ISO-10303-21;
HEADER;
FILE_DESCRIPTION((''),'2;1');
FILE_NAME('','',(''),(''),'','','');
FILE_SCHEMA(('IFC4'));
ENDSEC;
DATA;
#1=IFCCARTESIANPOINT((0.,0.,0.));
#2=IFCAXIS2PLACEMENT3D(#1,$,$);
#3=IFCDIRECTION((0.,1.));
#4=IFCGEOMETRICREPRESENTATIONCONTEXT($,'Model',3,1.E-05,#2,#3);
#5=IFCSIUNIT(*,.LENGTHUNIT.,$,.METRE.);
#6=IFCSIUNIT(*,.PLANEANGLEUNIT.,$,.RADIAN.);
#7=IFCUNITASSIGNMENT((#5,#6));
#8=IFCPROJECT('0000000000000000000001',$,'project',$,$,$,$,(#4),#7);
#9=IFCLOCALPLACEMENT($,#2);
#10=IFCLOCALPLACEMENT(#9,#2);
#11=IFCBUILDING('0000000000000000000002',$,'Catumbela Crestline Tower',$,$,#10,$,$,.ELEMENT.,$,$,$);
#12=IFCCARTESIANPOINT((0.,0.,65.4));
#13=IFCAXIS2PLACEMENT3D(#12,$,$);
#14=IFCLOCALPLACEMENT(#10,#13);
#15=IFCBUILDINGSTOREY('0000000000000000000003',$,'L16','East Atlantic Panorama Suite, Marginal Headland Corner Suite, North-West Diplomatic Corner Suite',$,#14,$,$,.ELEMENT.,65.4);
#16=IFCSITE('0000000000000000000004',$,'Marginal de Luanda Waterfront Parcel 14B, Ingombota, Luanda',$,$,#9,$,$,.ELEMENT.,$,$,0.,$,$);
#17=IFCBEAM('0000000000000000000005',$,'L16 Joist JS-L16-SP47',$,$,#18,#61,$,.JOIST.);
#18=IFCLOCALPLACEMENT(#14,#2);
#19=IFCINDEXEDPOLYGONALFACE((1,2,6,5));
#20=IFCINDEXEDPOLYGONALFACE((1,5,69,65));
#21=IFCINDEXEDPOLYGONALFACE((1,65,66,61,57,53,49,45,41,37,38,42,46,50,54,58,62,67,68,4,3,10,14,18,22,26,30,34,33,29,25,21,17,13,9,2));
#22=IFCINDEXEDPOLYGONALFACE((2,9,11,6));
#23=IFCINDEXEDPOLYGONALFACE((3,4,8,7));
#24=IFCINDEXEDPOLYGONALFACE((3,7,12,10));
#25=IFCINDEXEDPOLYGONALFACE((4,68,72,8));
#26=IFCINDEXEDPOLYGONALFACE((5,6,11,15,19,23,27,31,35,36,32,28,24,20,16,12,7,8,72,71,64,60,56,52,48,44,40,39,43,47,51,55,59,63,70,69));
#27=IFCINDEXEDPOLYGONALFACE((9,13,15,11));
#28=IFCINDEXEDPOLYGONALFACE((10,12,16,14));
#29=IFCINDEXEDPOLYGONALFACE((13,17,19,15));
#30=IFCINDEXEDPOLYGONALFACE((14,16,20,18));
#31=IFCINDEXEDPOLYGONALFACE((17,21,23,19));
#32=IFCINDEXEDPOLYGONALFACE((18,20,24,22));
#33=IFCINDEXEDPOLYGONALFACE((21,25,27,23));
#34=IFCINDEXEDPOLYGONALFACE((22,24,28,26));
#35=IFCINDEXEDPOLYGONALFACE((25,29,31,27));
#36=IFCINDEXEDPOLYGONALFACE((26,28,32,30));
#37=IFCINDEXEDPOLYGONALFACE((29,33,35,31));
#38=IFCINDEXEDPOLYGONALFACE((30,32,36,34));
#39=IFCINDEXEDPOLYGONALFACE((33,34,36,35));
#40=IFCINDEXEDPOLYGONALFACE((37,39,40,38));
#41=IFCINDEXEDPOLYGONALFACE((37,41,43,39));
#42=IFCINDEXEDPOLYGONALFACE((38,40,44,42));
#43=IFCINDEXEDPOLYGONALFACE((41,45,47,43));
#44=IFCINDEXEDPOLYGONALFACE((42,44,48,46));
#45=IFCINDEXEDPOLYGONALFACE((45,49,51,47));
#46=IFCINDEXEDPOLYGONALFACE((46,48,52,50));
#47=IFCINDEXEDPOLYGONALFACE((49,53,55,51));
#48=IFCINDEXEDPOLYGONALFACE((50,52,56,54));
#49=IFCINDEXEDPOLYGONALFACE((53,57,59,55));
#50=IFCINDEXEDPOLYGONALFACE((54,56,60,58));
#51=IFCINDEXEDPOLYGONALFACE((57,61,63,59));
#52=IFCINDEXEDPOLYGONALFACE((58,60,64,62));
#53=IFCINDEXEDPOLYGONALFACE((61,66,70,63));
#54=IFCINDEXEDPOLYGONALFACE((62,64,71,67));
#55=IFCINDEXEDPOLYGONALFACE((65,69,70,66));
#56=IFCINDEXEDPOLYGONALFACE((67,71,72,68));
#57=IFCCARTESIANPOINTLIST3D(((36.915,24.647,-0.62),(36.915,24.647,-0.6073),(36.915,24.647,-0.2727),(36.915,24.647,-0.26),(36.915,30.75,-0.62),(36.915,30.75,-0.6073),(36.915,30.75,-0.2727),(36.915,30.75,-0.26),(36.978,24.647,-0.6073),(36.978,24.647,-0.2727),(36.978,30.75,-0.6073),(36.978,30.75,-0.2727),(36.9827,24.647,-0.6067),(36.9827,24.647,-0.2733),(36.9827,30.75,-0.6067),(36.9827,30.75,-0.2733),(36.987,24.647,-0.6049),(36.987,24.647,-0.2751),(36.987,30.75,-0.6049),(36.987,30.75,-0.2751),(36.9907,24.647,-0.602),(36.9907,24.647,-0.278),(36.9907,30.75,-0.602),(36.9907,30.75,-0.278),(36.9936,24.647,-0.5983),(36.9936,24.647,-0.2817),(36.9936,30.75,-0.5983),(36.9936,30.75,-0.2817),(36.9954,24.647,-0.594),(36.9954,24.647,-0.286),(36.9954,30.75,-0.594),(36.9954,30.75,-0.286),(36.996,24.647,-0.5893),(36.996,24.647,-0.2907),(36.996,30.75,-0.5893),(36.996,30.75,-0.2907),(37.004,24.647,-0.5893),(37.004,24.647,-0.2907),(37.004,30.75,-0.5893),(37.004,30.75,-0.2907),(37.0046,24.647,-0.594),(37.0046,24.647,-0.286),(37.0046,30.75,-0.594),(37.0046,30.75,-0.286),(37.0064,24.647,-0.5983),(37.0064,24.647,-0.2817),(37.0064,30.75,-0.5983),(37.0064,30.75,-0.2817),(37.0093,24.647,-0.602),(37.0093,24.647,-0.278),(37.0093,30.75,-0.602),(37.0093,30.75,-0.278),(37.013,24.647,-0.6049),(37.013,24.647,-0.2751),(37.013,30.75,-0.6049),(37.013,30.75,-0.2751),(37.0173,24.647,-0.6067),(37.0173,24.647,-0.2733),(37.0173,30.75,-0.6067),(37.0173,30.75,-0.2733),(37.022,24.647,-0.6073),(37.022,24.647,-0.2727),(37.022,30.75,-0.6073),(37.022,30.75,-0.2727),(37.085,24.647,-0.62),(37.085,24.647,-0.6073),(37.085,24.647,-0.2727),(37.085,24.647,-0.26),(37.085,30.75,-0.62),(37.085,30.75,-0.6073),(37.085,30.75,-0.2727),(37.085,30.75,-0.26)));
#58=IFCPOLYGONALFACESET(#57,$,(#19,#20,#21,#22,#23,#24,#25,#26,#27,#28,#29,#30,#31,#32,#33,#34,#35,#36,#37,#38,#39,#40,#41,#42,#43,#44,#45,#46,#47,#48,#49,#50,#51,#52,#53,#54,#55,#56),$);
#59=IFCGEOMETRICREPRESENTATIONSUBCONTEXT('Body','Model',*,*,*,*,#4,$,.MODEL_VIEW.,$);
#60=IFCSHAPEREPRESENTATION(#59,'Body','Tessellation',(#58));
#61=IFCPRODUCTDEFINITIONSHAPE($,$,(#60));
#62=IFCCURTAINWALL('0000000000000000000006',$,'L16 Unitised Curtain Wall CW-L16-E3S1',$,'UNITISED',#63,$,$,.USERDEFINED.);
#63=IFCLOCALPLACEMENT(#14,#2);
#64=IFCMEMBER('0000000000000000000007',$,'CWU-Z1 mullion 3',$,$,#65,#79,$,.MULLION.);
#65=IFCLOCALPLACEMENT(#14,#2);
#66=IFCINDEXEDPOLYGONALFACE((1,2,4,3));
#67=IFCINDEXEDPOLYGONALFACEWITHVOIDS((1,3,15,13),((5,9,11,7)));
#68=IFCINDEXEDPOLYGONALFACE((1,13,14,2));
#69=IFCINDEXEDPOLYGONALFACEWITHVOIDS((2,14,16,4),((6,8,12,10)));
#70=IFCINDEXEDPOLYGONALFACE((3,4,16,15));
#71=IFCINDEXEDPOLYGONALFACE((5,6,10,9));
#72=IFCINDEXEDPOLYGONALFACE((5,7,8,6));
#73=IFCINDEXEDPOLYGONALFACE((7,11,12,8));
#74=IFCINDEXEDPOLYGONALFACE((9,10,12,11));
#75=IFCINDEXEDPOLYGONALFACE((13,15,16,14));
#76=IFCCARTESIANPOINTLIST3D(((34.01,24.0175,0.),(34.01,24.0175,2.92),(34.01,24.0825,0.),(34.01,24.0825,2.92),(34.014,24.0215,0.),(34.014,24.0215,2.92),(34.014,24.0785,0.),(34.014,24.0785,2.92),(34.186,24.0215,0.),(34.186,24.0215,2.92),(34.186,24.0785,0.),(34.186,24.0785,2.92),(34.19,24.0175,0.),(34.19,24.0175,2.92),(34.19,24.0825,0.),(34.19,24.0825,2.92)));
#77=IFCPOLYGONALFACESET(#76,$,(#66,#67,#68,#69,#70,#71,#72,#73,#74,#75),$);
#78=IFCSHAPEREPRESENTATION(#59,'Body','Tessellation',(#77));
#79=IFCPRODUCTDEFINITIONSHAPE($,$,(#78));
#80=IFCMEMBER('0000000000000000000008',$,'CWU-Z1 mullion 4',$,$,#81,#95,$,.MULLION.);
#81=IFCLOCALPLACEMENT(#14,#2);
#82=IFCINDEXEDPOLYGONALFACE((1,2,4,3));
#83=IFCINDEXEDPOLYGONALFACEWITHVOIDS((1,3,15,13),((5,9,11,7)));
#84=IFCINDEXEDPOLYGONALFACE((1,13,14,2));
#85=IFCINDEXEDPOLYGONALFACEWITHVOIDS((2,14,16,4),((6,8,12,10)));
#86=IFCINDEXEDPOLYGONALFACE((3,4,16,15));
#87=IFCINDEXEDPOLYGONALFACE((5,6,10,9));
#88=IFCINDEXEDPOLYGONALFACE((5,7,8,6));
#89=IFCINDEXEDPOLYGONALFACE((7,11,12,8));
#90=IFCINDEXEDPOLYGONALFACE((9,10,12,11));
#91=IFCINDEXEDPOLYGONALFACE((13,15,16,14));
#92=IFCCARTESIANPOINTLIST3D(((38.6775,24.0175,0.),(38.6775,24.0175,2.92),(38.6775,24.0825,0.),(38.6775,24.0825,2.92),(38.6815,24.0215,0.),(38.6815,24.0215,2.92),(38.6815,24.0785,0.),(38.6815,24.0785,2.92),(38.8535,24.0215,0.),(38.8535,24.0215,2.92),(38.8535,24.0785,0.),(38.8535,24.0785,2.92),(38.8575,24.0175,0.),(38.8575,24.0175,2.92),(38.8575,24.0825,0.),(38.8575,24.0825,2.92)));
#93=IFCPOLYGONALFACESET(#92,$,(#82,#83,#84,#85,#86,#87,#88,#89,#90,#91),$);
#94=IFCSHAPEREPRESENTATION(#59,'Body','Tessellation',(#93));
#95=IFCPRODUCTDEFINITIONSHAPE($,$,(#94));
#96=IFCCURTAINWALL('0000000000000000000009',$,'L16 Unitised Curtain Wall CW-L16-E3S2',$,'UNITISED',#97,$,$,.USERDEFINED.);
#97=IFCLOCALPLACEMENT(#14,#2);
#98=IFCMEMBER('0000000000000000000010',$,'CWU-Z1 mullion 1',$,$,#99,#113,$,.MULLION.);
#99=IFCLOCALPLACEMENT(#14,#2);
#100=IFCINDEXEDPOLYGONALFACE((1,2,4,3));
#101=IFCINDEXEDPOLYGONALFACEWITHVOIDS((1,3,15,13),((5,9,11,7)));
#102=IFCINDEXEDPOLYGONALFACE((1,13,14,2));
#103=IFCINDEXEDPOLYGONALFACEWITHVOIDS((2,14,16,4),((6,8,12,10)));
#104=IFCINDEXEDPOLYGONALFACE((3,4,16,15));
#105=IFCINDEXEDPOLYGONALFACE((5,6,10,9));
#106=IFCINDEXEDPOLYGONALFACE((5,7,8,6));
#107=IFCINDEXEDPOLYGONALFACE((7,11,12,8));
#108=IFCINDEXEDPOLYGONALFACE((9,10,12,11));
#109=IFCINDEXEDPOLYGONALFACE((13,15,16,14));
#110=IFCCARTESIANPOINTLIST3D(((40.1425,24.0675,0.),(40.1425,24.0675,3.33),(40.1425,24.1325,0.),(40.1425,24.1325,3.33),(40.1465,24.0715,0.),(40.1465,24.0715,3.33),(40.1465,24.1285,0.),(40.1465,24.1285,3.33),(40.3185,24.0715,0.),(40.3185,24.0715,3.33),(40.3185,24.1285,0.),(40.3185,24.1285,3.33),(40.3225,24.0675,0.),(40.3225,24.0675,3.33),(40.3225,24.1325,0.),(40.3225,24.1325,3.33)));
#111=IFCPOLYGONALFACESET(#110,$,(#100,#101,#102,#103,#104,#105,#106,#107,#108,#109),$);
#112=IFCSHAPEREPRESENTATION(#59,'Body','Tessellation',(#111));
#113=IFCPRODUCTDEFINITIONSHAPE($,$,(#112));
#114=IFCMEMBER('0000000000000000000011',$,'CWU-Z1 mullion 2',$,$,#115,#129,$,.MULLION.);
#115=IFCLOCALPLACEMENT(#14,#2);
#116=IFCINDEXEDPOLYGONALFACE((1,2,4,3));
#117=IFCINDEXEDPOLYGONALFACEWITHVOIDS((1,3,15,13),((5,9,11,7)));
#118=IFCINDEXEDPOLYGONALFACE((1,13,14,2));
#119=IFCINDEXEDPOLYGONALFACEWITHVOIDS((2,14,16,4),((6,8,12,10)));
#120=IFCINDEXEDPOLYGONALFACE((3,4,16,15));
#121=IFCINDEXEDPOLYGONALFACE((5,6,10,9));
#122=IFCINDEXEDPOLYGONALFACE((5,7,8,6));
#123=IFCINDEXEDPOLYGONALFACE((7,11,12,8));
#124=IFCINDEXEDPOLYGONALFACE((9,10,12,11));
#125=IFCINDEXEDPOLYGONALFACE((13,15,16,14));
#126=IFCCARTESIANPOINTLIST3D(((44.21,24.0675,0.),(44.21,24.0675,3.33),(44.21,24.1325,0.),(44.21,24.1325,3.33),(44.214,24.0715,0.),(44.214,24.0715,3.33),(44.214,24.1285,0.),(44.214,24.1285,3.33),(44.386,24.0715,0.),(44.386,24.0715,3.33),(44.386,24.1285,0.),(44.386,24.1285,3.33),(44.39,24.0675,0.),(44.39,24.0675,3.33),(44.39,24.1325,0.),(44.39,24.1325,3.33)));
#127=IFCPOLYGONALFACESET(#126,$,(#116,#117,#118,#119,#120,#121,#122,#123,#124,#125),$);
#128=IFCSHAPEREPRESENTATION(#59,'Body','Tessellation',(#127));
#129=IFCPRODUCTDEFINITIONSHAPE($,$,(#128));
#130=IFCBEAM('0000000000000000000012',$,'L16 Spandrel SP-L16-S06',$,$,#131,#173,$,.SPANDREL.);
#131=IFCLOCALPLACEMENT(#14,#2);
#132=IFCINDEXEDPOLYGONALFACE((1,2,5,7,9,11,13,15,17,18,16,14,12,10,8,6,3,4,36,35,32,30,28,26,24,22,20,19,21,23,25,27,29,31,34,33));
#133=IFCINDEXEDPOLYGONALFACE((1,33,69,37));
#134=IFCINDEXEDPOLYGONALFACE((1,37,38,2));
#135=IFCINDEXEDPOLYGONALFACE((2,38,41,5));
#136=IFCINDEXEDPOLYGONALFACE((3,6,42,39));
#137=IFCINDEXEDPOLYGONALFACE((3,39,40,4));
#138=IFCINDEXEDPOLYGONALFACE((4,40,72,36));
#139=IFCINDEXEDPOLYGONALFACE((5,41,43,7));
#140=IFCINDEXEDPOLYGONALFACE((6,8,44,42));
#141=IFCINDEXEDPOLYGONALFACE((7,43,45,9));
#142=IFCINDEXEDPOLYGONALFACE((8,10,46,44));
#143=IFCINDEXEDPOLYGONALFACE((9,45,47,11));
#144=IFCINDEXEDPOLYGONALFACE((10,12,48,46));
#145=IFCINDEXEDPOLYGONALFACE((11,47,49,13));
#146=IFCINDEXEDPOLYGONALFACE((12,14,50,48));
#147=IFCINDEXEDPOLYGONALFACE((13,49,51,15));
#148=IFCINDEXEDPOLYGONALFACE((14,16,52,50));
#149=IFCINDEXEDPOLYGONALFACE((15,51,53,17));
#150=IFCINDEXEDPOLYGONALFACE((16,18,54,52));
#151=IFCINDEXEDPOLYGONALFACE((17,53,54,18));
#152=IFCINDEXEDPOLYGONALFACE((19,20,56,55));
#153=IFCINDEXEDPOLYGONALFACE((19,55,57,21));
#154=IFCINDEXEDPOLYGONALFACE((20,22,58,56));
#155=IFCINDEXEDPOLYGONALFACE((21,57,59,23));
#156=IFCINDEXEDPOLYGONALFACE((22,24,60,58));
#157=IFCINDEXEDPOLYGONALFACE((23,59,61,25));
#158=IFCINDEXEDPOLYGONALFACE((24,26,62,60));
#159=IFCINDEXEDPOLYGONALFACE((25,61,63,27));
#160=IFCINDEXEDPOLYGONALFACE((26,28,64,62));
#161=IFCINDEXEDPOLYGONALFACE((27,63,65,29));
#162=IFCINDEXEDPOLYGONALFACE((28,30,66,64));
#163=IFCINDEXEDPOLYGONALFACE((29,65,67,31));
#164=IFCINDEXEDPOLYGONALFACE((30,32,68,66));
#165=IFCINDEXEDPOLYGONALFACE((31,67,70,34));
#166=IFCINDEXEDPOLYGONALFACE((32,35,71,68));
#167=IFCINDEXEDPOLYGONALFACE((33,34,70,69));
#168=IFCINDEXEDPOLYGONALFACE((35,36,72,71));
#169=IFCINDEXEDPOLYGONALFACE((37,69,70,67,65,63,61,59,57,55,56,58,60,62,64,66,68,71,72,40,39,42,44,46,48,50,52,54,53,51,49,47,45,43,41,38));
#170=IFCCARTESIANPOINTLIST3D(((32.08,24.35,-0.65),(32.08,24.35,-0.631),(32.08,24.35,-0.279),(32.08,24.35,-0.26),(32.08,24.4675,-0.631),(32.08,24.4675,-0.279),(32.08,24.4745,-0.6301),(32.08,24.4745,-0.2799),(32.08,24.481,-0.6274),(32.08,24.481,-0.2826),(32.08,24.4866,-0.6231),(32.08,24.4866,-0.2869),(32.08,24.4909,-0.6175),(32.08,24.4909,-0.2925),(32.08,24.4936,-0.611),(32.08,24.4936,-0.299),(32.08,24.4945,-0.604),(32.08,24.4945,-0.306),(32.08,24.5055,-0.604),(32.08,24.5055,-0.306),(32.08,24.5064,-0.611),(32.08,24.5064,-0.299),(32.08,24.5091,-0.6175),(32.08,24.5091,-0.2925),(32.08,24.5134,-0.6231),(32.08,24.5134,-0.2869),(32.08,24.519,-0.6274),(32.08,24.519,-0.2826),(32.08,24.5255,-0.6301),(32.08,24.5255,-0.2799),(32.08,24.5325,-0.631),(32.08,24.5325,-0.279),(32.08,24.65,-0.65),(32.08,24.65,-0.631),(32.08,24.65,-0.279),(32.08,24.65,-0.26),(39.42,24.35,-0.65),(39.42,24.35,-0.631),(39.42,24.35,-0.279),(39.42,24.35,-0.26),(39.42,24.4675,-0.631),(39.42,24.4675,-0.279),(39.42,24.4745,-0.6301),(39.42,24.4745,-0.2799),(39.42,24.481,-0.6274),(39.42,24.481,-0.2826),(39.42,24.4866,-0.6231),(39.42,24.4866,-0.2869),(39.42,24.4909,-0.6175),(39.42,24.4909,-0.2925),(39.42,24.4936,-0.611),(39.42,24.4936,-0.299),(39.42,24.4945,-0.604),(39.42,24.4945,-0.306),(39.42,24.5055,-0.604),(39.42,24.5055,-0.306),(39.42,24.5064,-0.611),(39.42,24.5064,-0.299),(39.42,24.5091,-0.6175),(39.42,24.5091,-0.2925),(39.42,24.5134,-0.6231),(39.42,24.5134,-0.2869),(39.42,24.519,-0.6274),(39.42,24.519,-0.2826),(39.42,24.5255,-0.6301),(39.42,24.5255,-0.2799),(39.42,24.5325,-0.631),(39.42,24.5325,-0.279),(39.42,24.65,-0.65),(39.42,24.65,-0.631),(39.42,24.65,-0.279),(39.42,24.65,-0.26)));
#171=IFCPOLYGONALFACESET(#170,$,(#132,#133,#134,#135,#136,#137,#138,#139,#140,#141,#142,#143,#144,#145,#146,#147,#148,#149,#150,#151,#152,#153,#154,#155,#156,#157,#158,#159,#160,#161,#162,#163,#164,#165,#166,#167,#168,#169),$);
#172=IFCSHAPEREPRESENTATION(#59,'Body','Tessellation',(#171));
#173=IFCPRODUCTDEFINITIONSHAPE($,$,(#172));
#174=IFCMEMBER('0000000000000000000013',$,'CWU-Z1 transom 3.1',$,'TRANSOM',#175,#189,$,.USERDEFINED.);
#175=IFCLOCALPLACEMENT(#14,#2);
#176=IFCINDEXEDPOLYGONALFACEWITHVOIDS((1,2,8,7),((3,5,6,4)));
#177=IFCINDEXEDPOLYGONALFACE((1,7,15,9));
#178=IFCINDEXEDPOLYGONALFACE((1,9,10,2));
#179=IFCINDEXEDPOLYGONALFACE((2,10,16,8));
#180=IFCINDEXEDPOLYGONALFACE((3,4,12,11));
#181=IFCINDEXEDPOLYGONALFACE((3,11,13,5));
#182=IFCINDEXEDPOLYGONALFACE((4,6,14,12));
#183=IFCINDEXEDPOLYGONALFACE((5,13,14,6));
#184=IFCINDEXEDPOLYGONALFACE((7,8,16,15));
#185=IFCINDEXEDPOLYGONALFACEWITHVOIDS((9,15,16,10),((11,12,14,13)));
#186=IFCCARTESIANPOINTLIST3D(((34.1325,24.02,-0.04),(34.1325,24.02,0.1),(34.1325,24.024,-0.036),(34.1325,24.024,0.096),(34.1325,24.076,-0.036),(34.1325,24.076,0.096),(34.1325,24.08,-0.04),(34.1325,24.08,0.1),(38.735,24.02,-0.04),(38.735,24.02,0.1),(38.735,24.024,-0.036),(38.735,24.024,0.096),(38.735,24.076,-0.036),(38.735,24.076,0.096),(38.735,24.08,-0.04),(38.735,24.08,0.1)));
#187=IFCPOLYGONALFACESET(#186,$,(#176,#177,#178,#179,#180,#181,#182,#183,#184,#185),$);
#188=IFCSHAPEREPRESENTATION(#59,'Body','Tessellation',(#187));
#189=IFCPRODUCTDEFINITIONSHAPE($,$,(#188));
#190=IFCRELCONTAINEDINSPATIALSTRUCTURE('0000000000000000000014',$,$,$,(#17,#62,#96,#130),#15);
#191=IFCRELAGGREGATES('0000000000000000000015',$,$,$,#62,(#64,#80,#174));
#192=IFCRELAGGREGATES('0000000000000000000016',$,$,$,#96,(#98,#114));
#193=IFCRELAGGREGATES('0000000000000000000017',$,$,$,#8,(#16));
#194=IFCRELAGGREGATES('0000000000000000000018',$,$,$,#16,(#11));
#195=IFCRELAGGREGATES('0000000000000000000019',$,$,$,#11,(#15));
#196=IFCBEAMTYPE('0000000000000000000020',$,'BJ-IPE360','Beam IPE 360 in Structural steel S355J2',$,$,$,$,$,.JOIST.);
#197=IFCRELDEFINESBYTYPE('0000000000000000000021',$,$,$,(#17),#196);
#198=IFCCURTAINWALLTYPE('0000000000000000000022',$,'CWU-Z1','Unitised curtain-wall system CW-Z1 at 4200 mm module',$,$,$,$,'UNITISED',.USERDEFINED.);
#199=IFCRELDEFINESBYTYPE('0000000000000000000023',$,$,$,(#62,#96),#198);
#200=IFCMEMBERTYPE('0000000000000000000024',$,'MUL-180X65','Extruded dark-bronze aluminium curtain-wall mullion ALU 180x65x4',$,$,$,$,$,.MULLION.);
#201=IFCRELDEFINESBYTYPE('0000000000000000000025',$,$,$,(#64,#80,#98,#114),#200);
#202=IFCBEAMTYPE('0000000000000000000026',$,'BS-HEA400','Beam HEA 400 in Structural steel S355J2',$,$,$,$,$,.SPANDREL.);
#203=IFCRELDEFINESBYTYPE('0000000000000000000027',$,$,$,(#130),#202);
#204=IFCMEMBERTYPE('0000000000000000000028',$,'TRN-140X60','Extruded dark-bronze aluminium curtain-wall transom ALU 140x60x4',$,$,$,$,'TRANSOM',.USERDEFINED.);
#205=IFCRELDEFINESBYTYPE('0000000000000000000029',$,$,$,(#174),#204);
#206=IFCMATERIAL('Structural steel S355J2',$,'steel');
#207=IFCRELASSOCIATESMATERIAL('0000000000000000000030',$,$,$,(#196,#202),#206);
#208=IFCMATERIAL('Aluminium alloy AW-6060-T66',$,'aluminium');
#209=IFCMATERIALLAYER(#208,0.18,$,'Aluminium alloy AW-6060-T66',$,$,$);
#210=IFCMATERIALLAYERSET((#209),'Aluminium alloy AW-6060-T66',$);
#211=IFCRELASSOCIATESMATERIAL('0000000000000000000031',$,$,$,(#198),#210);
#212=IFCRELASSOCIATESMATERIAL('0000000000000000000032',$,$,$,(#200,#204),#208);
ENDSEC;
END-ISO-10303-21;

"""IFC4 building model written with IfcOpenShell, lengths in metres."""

from ifc_helpers import new_model, si_unit, direction, frame, origin, origin_2d, place, context, subcontext, project, spatial, hollow_rectangle, i_section, extrude, material, layer, layer_set, material_profile, profile_set, type_object, element, aggregate, save


model = new_model("IFC4")

# Units and contexts
model_context = context("Model", 3, precision=1e-05, world=origin(), true_north=direction((0.0, 1.0)))
body_context = subcontext(model_context, "Body", "Model", "MODEL_VIEW")
ifc_project = project(units=[si_unit("LENGTHUNIT", "METRE"), si_unit("PLANEANGLEUNIT", "RADIAN")], contexts=[model_context])

# Site, building, storey
site_placement = place(None, origin())
site = spatial("IfcSite", under=ifc_project, at=site_placement, Name="Marginal de Luanda Waterfront Parcel 14B, Ingombota, Luanda", CompositionType="ELEMENT", RefElevation=0.0)
building_placement = place(site_placement, origin())
building = spatial("IfcBuilding", under=site, at=building_placement, Name="Catumbela Crestline Tower", CompositionType="ELEMENT")
storey_placement = place(building_placement, frame((0.0, 0.0, 65.4)))
storey = spatial("IfcBuildingStorey", under=building, at=storey_placement, Name="L16", Description="East Atlantic Panorama Suite, Marginal Headland Corner Suite, North-West Diplomatic Corner Suite", CompositionType="ELEMENT", Elevation=65.4)

# Beam
ifc_material_1 = material(Name="Structural steel S355J2", Category="steel")
ifc_material_profile_1 = material_profile(ifc_material_1, i_section(OverallWidth=0.17, OverallDepth=0.36, WebThickness=0.008, FlangeThickness=0.0127, FilletRadius=0.018, at=origin_2d()), Name="IPE 360")
ifc_profile_set_1 = profile_set([ifc_material_profile_1], Name="Structural steel S355J2")
beam_type_1 = type_object("IfcBeamType", Name="BJ-IPE360", Description="Beam IPE 360 in Structural steel S355J2", PredefinedType="JOIST", material=ifc_profile_set_1)
for number, where, z_axis, x_axis, name in (
    (1, (37.0, 24.647, -0.44), (0.0, 1.0, 0.0), (-1.0, 0.0, 0.0), "L16 Joist JS-L16-SP47"),
):
    element("IfcBeam", number, at=place(storey_placement, frame(where, z_axis=z_axis, x_axis=x_axis)), inside=storey, type_object=beam_type_1, Name=name, PredefinedType="JOIST", context=body_context, shape_type="SweptSolid", body=[
        extrude(i_section(OverallWidth=0.17, OverallDepth=0.36, WebThickness=0.008, FlangeThickness=0.0127, FilletRadius=0.018, at=origin_2d()), origin(), (0.0, 0.0, 1.0), 6.103),
    ])

# Curtain walls, members
ifc_material_2 = material(Name="Aluminium alloy AW-6060-T66", Category="aluminium")
ifc_layer_1 = layer(ifc_material_2, 0.18, Name="Aluminium alloy AW-6060-T66")
ifc_layer_set_1 = layer_set([ifc_layer_1], Name="Aluminium alloy AW-6060-T66")
curtain_wall_type = type_object("IfcCurtainWallType", Name="CWU-Z1", Description="Unitised curtain-wall system CW-Z1 at 4200 mm module", ElementType="UNITISED", PredefinedType="USERDEFINED", material=ifc_layer_set_1)
curtain_wall_1_placement = place(storey_placement, origin())
curtain_wall_1 = element("IfcCurtainWall", 2, at=curtain_wall_1_placement, inside=storey, type_object=curtain_wall_type, Name="L16 Unitised Curtain Wall CW-L16-E3S1", ObjectType="UNITISED", PredefinedType="USERDEFINED")
ifc_material_profile_2 = material_profile(ifc_material_2, hollow_rectangle(XDim=0.065, YDim=0.18, WallThickness=0.004, at=origin_2d()), Name="ALU 180x65x4")
ifc_profile_set_2 = profile_set([ifc_material_profile_2], Name="Aluminium alloy AW-6060-T66")
member_type_1 = type_object("IfcMemberType", Name="MUL-180X65", Description="Extruded dark-bronze aluminium curtain-wall mullion ALU 180x65x4", PredefinedType="MULLION", material=ifc_profile_set_2)
member_1_placement = place(storey_placement, frame((34.1, 24.05, 0.0), z_axis=(0.0, 0.0, 1.0), x_axis=(0.0, 1.0, 0.0)))
member_1 = element("IfcMember", 3, at=member_1_placement, type_object=member_type_1, Name="CWU-Z1 mullion 3", PredefinedType="MULLION", context=body_context, shape_type="SweptSolid", body=[
    extrude(hollow_rectangle(XDim=0.065, YDim=0.18, WallThickness=0.004, at=origin_2d()), origin(), (0.0, 0.0, 1.0), 2.92),
])
member_2_placement = place(storey_placement, frame((38.7675, 24.05, 0.0), z_axis=(0.0, 0.0, 1.0), x_axis=(0.0, 1.0, 0.0)))
member_2 = element("IfcMember", 4, at=member_2_placement, type_object=member_type_1, Name="CWU-Z1 mullion 4", PredefinedType="MULLION", context=body_context, shape_type="SweptSolid", body=[
    extrude(hollow_rectangle(XDim=0.065, YDim=0.18, WallThickness=0.004, at=origin_2d()), origin(), (0.0, 0.0, 1.0), 2.92),
])
curtain_wall_2_placement = place(storey_placement, origin())
curtain_wall_2 = element("IfcCurtainWall", 5, at=curtain_wall_2_placement, inside=storey, type_object=curtain_wall_type, Name="L16 Unitised Curtain Wall CW-L16-E3S2", ObjectType="UNITISED", PredefinedType="USERDEFINED")
member_3_placement = place(storey_placement, frame((40.2325, 24.1, 0.0), z_axis=(0.0, 0.0, 1.0), x_axis=(0.0, 1.0, 0.0)))
member_3 = element("IfcMember", 6, at=member_3_placement, type_object=member_type_1, Name="CWU-Z1 mullion 1", PredefinedType="MULLION", context=body_context, shape_type="SweptSolid", body=[
    extrude(hollow_rectangle(XDim=0.065, YDim=0.18, WallThickness=0.004, at=origin_2d()), origin(), (0.0, 0.0, 1.0), 3.33),
])
member_4_placement = place(storey_placement, frame((44.3, 24.1, 0.0), z_axis=(0.0, 0.0, 1.0), x_axis=(0.0, 1.0, 0.0)))
member_4 = element("IfcMember", 7, at=member_4_placement, type_object=member_type_1, Name="CWU-Z1 mullion 2", PredefinedType="MULLION", context=body_context, shape_type="SweptSolid", body=[
    extrude(hollow_rectangle(XDim=0.065, YDim=0.18, WallThickness=0.004, at=origin_2d()), origin(), (0.0, 0.0, 1.0), 3.33),
])

# Beam
ifc_material_profile_3 = material_profile(ifc_material_1, i_section(OverallWidth=0.3, OverallDepth=0.39, WebThickness=0.011, FlangeThickness=0.019, FilletRadius=0.027, at=origin_2d()), Name="HEA 400")
ifc_profile_set_3 = profile_set([ifc_material_profile_3], Name="Structural steel S355J2")
beam_type_2 = type_object("IfcBeamType", Name="BS-HEA400", Description="Beam HEA 400 in Structural steel S355J2", PredefinedType="SPANDREL", material=ifc_profile_set_3)
beam_1_placement = place(storey_placement, frame((32.08, 24.5, -0.455), z_axis=(1.0, 0.0, 0.0), x_axis=(0.0, 1.0, 0.0)))
element("IfcBeam", 8, at=beam_1_placement, inside=storey, type_object=beam_type_2, Name="L16 Spandrel SP-L16-S06", PredefinedType="SPANDREL", context=body_context, shape_type="SweptSolid", body=[
    extrude(i_section(OverallWidth=0.3, OverallDepth=0.39, WebThickness=0.011, FlangeThickness=0.019, FilletRadius=0.027, at=origin_2d()), origin(), (0.0, 0.0, 1.0), 7.34),
])

# Member
ifc_material_profile_4 = material_profile(ifc_material_2, hollow_rectangle(XDim=0.06, YDim=0.14, WallThickness=0.004, at=origin_2d()), Name="ALU 140x60x4")
ifc_profile_set_4 = profile_set([ifc_material_profile_4], Name="Aluminium alloy AW-6060-T66")
member_type_2 = type_object("IfcMemberType", Name="TRN-140X60", Description="Extruded dark-bronze aluminium curtain-wall transom ALU 140x60x4", ElementType="TRANSOM", PredefinedType="USERDEFINED", material=ifc_profile_set_4)
member_5_placement = place(storey_placement, frame((34.1325, 24.05, 0.03), z_axis=(1.0, 0.0, 0.0), x_axis=(0.0, 1.0, 0.0)))
member_5 = element("IfcMember", 9, at=member_5_placement, type_object=member_type_2, Name="CWU-Z1 transom 3.1", ObjectType="TRANSOM", PredefinedType="USERDEFINED", context=body_context, shape_type="SweptSolid", body=[
    extrude(hollow_rectangle(XDim=0.06, YDim=0.14, WallThickness=0.004, at=origin_2d()), origin(), (0.0, 0.0, 1.0), 4.6025),
])

aggregate(curtain_wall_1, [member_1, member_2, member_5])
aggregate(curtain_wall_2, [member_3, member_4])

save(model, "model.ifc")
